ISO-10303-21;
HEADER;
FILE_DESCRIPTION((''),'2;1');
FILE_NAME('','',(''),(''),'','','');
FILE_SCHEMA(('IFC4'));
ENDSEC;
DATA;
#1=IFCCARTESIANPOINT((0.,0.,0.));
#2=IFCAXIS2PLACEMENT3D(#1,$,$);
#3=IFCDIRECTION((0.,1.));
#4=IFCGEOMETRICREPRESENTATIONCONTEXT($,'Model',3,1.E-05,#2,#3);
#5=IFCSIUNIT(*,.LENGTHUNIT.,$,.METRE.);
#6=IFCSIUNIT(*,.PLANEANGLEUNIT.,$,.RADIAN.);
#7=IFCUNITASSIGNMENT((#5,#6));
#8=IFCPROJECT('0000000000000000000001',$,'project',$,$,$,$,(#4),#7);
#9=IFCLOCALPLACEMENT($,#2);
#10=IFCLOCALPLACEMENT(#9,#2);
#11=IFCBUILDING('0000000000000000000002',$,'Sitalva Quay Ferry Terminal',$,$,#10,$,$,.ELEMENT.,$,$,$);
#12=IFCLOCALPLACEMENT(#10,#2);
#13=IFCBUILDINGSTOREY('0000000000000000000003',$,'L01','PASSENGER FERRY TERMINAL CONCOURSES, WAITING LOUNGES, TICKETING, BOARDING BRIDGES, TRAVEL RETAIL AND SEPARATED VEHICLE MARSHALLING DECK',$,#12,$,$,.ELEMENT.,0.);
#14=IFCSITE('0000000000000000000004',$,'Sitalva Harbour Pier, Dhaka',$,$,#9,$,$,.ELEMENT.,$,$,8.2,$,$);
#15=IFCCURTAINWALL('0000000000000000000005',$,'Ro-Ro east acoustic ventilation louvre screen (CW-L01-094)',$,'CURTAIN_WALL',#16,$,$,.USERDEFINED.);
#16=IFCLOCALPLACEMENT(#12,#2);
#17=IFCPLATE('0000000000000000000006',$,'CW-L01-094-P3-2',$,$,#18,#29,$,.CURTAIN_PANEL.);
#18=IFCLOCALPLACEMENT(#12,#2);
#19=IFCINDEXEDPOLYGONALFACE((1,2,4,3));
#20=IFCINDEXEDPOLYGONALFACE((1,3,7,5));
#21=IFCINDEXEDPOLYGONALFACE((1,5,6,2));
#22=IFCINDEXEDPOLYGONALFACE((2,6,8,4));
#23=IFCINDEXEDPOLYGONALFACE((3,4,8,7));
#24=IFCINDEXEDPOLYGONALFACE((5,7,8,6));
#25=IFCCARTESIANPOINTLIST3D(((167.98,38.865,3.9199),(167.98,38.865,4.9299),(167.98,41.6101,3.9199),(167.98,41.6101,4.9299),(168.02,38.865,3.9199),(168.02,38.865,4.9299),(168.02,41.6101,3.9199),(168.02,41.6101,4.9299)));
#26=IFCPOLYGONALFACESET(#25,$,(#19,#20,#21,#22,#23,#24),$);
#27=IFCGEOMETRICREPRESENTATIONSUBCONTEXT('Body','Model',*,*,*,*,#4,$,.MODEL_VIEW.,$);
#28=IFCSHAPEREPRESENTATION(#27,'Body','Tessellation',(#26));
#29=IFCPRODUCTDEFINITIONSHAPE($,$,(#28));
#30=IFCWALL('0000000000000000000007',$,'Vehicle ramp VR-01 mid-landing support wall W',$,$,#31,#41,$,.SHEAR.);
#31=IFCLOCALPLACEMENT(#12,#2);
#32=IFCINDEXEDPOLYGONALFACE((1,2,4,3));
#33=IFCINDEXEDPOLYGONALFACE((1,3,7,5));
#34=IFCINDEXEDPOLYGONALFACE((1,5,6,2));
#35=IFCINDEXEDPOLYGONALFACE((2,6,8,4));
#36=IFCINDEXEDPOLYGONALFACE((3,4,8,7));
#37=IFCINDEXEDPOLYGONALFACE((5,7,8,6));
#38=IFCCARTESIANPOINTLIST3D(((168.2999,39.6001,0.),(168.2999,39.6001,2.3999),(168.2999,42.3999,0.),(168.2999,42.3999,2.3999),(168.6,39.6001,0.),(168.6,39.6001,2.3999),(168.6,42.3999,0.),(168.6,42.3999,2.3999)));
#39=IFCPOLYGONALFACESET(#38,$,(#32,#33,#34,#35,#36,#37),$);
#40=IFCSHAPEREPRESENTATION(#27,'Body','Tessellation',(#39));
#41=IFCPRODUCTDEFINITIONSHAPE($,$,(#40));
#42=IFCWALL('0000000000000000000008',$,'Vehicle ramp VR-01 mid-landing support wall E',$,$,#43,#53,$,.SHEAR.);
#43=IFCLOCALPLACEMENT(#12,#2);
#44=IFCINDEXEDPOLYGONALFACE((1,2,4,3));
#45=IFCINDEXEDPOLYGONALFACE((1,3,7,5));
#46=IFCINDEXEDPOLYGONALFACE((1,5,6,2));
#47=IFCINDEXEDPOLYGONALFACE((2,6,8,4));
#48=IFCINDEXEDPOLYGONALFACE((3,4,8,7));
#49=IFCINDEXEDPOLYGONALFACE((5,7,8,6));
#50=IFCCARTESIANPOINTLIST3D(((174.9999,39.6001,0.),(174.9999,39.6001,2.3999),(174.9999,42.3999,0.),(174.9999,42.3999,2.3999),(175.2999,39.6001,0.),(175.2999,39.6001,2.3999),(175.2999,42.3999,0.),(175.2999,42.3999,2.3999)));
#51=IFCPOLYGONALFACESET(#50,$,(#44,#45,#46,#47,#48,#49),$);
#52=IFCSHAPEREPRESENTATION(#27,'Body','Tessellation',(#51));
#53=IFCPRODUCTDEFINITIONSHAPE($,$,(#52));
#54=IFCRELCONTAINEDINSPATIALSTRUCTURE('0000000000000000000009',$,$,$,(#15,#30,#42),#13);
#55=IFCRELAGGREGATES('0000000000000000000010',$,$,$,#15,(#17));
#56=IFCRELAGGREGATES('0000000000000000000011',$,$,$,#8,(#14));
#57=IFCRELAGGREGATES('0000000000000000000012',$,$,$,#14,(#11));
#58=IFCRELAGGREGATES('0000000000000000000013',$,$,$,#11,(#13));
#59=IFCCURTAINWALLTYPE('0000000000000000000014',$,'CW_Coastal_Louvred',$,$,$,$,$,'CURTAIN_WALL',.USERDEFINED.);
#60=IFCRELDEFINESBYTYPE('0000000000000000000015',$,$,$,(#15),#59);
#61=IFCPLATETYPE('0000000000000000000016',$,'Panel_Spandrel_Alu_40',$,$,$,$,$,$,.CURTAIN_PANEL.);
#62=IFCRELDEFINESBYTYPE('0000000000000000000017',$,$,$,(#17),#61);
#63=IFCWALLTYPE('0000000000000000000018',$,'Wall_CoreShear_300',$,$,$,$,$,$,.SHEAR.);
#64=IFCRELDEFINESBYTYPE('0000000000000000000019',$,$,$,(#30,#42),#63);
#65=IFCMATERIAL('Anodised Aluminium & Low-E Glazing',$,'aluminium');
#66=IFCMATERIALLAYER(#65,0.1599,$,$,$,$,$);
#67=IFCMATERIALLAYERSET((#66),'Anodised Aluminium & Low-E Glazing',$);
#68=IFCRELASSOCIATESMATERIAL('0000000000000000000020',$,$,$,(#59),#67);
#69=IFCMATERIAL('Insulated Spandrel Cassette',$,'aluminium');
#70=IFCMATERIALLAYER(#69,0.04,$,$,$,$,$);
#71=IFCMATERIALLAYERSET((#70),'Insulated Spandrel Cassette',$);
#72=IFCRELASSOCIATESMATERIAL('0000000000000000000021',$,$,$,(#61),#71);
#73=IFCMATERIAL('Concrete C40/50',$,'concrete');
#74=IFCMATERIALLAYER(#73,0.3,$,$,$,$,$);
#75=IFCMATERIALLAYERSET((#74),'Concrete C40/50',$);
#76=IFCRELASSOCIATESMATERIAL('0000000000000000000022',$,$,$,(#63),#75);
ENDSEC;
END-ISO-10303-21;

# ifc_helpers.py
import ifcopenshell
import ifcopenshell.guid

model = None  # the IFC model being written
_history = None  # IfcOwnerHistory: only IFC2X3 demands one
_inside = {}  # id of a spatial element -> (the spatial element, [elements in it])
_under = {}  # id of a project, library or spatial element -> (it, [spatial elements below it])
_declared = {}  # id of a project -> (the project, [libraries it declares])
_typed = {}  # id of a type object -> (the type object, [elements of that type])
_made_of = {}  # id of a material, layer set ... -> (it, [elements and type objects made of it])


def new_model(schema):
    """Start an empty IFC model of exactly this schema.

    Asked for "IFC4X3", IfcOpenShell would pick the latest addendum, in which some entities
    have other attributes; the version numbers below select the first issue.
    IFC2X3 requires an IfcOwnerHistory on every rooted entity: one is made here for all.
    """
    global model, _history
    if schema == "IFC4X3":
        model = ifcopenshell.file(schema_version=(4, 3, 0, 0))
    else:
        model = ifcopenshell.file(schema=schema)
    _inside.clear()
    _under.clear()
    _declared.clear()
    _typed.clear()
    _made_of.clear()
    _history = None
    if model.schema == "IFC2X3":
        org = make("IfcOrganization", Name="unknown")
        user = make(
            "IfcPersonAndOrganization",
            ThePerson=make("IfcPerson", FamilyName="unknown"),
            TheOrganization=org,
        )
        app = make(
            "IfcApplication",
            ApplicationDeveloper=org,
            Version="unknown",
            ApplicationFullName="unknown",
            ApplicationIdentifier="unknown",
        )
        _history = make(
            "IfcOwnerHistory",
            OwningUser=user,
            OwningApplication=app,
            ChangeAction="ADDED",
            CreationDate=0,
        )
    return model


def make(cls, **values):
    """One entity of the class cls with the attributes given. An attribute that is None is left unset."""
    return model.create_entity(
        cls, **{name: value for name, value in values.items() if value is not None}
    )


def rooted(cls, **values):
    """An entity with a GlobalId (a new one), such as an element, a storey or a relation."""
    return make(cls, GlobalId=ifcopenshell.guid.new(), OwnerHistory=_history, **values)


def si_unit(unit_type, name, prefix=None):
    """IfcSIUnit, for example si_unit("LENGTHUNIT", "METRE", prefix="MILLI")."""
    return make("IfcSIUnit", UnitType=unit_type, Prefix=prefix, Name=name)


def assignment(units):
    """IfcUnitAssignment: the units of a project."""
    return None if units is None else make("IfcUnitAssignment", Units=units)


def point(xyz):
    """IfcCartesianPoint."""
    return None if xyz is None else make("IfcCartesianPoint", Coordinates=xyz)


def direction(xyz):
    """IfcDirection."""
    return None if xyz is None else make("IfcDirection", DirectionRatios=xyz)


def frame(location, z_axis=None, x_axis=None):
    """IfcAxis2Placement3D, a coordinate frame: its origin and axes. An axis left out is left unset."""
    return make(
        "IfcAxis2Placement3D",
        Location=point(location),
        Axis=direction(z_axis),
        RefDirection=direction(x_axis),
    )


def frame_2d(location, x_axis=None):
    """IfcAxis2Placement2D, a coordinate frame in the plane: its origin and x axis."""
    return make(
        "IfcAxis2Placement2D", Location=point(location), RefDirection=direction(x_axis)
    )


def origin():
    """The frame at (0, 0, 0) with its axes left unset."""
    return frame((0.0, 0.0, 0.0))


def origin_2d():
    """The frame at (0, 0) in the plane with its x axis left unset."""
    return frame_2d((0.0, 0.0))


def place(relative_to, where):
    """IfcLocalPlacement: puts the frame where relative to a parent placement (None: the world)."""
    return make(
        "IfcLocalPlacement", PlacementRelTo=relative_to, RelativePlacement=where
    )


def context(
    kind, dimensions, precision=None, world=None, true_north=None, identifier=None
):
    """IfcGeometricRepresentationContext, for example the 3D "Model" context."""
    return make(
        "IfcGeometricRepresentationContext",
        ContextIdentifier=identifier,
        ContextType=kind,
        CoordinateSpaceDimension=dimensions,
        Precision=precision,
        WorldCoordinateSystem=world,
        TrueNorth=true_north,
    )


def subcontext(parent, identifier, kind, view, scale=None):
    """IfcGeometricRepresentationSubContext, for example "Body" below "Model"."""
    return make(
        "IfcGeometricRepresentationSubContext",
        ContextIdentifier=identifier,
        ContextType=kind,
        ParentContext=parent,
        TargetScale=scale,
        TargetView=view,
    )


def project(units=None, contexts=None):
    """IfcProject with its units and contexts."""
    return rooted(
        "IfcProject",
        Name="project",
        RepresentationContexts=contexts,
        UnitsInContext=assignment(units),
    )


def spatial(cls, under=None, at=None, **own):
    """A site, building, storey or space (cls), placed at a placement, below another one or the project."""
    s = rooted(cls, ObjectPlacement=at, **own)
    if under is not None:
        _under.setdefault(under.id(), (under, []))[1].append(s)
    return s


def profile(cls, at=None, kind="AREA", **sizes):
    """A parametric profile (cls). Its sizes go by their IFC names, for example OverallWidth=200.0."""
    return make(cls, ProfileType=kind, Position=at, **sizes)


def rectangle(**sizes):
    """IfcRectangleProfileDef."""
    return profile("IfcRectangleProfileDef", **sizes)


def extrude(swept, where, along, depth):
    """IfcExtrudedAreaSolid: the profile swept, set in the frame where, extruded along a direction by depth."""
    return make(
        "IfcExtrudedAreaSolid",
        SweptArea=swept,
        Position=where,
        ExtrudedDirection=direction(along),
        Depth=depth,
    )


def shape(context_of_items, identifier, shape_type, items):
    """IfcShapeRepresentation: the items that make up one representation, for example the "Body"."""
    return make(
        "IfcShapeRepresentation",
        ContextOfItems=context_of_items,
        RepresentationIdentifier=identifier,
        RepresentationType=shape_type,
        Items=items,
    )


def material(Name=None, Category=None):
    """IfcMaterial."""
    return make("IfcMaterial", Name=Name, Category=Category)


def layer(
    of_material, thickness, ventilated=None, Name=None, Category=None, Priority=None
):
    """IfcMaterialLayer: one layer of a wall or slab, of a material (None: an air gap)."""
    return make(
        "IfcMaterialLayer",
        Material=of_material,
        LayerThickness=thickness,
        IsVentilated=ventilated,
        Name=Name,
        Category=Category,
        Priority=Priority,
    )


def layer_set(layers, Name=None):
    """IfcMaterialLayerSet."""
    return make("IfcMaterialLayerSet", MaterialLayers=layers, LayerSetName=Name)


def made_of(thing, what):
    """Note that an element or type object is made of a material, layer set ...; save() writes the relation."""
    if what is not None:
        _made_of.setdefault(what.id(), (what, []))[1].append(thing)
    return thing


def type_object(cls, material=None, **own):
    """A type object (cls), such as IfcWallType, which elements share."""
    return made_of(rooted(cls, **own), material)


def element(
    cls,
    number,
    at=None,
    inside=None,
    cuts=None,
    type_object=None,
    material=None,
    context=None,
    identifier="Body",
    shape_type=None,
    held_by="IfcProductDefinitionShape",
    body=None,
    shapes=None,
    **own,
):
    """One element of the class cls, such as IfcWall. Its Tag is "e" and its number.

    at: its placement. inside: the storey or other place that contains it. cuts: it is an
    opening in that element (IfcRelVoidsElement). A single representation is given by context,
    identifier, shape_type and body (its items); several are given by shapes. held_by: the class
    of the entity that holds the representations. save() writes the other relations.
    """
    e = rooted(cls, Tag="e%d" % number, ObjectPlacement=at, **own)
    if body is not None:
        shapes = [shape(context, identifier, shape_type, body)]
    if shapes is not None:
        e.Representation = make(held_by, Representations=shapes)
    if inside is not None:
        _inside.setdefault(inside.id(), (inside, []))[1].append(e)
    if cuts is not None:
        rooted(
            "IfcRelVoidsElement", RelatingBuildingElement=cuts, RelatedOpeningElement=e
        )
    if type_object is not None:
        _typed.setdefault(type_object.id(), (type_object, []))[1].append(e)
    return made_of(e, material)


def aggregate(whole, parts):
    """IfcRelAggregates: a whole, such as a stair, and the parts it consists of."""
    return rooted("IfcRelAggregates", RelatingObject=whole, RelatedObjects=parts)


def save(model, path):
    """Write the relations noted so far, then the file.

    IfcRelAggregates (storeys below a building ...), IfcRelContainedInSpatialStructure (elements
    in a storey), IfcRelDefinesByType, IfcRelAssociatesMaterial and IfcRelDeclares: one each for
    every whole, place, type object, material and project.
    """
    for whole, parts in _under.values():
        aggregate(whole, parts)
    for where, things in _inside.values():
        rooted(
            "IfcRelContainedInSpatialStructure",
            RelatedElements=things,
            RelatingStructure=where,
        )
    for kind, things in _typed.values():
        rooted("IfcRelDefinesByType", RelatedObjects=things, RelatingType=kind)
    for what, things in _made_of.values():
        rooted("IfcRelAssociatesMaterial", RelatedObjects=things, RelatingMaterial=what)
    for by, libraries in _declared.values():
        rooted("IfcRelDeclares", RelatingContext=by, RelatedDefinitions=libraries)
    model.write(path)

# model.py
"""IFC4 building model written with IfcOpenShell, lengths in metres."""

from ifc_helpers import new_model, si_unit, direction, frame, frame_2d, origin, origin_2d, place, context, subcontext, project, spatial, rectangle, extrude, material, layer, layer_set, type_object, element, aggregate, save


model = new_model("IFC4")

# Units and contexts
model_context = context("Model", 3, precision=1e-05, world=origin(), true_north=direction((0.0, 1.0)))
body_context = subcontext(model_context, "Body", "Model", "MODEL_VIEW")
ifc_project = project(units=[si_unit("LENGTHUNIT", "METRE"), si_unit("PLANEANGLEUNIT", "RADIAN")], contexts=[model_context])

# Site, building, storey
site_placement = place(None, origin())
site = spatial("IfcSite", under=ifc_project, at=site_placement, Name="Sitalva Harbour Pier, Dhaka", CompositionType="ELEMENT", RefElevation=8.2)
building_placement = place(site_placement, origin())
building = spatial("IfcBuilding", under=site, at=building_placement, Name="Sitalva Quay Ferry Terminal", CompositionType="ELEMENT")
storey_placement = place(building_placement, origin())
storey = spatial("IfcBuildingStorey", under=building, at=storey_placement, Name="L01", Description="PASSENGER FERRY TERMINAL CONCOURSES, WAITING LOUNGES, TICKETING, BOARDING BRIDGES, TRAVEL RETAIL AND SEPARATED VEHICLE MARSHALLING DECK", CompositionType="ELEMENT", Elevation=0.0)

# Curtain wall, plate
ifc_material_1 = material(Name="Anodised Aluminium & Low-E Glazing", Category="aluminium")
ifc_layer_1 = layer(ifc_material_1, 0.1599)
ifc_layer_set_1 = layer_set([ifc_layer_1], Name="Anodised Aluminium & Low-E Glazing")
curtain_wall_type = type_object("IfcCurtainWallType", Name="CW_Coastal_Louvred", ElementType="CURTAIN_WALL", PredefinedType="USERDEFINED", material=ifc_layer_set_1)
curtain_wall_placement = place(storey_placement, origin())
curtain_wall = element("IfcCurtainWall", 1, at=curtain_wall_placement, inside=storey, type_object=curtain_wall_type, Name="Ro-Ro east acoustic ventilation louvre screen (CW-L01-094)", ObjectType="CURTAIN_WALL", PredefinedType="USERDEFINED")
ifc_material_2 = material(Name="Insulated Spandrel Cassette", Category="aluminium")
ifc_layer_2 = layer(ifc_material_2, 0.04)
ifc_layer_set_2 = layer_set([ifc_layer_2], Name="Insulated Spandrel Cassette")
plate_type = type_object("IfcPlateType", Name="Panel_Spandrel_Alu_40", PredefinedType="CURTAIN_PANEL", material=ifc_layer_set_2)
plate_1_placement = place(storey_placement, frame((168.0, 40.2375, 3.9199), z_axis=(0.0, 0.0, 1.0), x_axis=(0.0, 1.0, 0.0)))
plate_1 = element("IfcPlate", 2, at=plate_1_placement, type_object=plate_type, Name="CW-L01-094-P3-2", PredefinedType="CURTAIN_PANEL", context=body_context, shape_type="SweptSolid", body=[
    extrude(rectangle(XDim=2.7451, YDim=0.04, at=origin_2d()), origin(), (0.0, 0.0, 1.0), 1.01),
])
aggregate(curtain_wall, [plate_1])

# Walls
ifc_material_3 = material(Name="Concrete C40/50", Category="concrete")
ifc_layer_3 = layer(ifc_material_3, 0.3)
ifc_layer_set_3 = layer_set([ifc_layer_3], Name="Concrete C40/50")
wall_type = type_object("IfcWallType", Name="Wall_CoreShear_300", PredefinedType="SHEAR", material=ifc_layer_set_3)
for number, where, z_axis, x_axis, name in (
    (3, (168.45, 39.6001, 0.0), (0.0, 0.0, 1.0), (0.0, 1.0, 0.0), "Vehicle ramp VR-01 mid-landing support wall W"),
    (4, (175.1499, 39.6001, 0.0), (0.0, 0.0, 1.0), (0.0, 1.0, 0.0), "Vehicle ramp VR-01 mid-landing support wall E"),
):
    element("IfcWall", number, at=place(storey_placement, frame(where, z_axis=z_axis, x_axis=x_axis)), inside=storey, type_object=wall_type, Name=name, PredefinedType="SHEAR", context=body_context, shape_type="SweptSolid", body=[
        extrude(rectangle(XDim=2.7998, YDim=0.3, at=frame_2d((1.3999, 0.0))), origin(), (0.0, 0.0, 1.0), 2.3999),
    ])

save(model, "model.ifc")
